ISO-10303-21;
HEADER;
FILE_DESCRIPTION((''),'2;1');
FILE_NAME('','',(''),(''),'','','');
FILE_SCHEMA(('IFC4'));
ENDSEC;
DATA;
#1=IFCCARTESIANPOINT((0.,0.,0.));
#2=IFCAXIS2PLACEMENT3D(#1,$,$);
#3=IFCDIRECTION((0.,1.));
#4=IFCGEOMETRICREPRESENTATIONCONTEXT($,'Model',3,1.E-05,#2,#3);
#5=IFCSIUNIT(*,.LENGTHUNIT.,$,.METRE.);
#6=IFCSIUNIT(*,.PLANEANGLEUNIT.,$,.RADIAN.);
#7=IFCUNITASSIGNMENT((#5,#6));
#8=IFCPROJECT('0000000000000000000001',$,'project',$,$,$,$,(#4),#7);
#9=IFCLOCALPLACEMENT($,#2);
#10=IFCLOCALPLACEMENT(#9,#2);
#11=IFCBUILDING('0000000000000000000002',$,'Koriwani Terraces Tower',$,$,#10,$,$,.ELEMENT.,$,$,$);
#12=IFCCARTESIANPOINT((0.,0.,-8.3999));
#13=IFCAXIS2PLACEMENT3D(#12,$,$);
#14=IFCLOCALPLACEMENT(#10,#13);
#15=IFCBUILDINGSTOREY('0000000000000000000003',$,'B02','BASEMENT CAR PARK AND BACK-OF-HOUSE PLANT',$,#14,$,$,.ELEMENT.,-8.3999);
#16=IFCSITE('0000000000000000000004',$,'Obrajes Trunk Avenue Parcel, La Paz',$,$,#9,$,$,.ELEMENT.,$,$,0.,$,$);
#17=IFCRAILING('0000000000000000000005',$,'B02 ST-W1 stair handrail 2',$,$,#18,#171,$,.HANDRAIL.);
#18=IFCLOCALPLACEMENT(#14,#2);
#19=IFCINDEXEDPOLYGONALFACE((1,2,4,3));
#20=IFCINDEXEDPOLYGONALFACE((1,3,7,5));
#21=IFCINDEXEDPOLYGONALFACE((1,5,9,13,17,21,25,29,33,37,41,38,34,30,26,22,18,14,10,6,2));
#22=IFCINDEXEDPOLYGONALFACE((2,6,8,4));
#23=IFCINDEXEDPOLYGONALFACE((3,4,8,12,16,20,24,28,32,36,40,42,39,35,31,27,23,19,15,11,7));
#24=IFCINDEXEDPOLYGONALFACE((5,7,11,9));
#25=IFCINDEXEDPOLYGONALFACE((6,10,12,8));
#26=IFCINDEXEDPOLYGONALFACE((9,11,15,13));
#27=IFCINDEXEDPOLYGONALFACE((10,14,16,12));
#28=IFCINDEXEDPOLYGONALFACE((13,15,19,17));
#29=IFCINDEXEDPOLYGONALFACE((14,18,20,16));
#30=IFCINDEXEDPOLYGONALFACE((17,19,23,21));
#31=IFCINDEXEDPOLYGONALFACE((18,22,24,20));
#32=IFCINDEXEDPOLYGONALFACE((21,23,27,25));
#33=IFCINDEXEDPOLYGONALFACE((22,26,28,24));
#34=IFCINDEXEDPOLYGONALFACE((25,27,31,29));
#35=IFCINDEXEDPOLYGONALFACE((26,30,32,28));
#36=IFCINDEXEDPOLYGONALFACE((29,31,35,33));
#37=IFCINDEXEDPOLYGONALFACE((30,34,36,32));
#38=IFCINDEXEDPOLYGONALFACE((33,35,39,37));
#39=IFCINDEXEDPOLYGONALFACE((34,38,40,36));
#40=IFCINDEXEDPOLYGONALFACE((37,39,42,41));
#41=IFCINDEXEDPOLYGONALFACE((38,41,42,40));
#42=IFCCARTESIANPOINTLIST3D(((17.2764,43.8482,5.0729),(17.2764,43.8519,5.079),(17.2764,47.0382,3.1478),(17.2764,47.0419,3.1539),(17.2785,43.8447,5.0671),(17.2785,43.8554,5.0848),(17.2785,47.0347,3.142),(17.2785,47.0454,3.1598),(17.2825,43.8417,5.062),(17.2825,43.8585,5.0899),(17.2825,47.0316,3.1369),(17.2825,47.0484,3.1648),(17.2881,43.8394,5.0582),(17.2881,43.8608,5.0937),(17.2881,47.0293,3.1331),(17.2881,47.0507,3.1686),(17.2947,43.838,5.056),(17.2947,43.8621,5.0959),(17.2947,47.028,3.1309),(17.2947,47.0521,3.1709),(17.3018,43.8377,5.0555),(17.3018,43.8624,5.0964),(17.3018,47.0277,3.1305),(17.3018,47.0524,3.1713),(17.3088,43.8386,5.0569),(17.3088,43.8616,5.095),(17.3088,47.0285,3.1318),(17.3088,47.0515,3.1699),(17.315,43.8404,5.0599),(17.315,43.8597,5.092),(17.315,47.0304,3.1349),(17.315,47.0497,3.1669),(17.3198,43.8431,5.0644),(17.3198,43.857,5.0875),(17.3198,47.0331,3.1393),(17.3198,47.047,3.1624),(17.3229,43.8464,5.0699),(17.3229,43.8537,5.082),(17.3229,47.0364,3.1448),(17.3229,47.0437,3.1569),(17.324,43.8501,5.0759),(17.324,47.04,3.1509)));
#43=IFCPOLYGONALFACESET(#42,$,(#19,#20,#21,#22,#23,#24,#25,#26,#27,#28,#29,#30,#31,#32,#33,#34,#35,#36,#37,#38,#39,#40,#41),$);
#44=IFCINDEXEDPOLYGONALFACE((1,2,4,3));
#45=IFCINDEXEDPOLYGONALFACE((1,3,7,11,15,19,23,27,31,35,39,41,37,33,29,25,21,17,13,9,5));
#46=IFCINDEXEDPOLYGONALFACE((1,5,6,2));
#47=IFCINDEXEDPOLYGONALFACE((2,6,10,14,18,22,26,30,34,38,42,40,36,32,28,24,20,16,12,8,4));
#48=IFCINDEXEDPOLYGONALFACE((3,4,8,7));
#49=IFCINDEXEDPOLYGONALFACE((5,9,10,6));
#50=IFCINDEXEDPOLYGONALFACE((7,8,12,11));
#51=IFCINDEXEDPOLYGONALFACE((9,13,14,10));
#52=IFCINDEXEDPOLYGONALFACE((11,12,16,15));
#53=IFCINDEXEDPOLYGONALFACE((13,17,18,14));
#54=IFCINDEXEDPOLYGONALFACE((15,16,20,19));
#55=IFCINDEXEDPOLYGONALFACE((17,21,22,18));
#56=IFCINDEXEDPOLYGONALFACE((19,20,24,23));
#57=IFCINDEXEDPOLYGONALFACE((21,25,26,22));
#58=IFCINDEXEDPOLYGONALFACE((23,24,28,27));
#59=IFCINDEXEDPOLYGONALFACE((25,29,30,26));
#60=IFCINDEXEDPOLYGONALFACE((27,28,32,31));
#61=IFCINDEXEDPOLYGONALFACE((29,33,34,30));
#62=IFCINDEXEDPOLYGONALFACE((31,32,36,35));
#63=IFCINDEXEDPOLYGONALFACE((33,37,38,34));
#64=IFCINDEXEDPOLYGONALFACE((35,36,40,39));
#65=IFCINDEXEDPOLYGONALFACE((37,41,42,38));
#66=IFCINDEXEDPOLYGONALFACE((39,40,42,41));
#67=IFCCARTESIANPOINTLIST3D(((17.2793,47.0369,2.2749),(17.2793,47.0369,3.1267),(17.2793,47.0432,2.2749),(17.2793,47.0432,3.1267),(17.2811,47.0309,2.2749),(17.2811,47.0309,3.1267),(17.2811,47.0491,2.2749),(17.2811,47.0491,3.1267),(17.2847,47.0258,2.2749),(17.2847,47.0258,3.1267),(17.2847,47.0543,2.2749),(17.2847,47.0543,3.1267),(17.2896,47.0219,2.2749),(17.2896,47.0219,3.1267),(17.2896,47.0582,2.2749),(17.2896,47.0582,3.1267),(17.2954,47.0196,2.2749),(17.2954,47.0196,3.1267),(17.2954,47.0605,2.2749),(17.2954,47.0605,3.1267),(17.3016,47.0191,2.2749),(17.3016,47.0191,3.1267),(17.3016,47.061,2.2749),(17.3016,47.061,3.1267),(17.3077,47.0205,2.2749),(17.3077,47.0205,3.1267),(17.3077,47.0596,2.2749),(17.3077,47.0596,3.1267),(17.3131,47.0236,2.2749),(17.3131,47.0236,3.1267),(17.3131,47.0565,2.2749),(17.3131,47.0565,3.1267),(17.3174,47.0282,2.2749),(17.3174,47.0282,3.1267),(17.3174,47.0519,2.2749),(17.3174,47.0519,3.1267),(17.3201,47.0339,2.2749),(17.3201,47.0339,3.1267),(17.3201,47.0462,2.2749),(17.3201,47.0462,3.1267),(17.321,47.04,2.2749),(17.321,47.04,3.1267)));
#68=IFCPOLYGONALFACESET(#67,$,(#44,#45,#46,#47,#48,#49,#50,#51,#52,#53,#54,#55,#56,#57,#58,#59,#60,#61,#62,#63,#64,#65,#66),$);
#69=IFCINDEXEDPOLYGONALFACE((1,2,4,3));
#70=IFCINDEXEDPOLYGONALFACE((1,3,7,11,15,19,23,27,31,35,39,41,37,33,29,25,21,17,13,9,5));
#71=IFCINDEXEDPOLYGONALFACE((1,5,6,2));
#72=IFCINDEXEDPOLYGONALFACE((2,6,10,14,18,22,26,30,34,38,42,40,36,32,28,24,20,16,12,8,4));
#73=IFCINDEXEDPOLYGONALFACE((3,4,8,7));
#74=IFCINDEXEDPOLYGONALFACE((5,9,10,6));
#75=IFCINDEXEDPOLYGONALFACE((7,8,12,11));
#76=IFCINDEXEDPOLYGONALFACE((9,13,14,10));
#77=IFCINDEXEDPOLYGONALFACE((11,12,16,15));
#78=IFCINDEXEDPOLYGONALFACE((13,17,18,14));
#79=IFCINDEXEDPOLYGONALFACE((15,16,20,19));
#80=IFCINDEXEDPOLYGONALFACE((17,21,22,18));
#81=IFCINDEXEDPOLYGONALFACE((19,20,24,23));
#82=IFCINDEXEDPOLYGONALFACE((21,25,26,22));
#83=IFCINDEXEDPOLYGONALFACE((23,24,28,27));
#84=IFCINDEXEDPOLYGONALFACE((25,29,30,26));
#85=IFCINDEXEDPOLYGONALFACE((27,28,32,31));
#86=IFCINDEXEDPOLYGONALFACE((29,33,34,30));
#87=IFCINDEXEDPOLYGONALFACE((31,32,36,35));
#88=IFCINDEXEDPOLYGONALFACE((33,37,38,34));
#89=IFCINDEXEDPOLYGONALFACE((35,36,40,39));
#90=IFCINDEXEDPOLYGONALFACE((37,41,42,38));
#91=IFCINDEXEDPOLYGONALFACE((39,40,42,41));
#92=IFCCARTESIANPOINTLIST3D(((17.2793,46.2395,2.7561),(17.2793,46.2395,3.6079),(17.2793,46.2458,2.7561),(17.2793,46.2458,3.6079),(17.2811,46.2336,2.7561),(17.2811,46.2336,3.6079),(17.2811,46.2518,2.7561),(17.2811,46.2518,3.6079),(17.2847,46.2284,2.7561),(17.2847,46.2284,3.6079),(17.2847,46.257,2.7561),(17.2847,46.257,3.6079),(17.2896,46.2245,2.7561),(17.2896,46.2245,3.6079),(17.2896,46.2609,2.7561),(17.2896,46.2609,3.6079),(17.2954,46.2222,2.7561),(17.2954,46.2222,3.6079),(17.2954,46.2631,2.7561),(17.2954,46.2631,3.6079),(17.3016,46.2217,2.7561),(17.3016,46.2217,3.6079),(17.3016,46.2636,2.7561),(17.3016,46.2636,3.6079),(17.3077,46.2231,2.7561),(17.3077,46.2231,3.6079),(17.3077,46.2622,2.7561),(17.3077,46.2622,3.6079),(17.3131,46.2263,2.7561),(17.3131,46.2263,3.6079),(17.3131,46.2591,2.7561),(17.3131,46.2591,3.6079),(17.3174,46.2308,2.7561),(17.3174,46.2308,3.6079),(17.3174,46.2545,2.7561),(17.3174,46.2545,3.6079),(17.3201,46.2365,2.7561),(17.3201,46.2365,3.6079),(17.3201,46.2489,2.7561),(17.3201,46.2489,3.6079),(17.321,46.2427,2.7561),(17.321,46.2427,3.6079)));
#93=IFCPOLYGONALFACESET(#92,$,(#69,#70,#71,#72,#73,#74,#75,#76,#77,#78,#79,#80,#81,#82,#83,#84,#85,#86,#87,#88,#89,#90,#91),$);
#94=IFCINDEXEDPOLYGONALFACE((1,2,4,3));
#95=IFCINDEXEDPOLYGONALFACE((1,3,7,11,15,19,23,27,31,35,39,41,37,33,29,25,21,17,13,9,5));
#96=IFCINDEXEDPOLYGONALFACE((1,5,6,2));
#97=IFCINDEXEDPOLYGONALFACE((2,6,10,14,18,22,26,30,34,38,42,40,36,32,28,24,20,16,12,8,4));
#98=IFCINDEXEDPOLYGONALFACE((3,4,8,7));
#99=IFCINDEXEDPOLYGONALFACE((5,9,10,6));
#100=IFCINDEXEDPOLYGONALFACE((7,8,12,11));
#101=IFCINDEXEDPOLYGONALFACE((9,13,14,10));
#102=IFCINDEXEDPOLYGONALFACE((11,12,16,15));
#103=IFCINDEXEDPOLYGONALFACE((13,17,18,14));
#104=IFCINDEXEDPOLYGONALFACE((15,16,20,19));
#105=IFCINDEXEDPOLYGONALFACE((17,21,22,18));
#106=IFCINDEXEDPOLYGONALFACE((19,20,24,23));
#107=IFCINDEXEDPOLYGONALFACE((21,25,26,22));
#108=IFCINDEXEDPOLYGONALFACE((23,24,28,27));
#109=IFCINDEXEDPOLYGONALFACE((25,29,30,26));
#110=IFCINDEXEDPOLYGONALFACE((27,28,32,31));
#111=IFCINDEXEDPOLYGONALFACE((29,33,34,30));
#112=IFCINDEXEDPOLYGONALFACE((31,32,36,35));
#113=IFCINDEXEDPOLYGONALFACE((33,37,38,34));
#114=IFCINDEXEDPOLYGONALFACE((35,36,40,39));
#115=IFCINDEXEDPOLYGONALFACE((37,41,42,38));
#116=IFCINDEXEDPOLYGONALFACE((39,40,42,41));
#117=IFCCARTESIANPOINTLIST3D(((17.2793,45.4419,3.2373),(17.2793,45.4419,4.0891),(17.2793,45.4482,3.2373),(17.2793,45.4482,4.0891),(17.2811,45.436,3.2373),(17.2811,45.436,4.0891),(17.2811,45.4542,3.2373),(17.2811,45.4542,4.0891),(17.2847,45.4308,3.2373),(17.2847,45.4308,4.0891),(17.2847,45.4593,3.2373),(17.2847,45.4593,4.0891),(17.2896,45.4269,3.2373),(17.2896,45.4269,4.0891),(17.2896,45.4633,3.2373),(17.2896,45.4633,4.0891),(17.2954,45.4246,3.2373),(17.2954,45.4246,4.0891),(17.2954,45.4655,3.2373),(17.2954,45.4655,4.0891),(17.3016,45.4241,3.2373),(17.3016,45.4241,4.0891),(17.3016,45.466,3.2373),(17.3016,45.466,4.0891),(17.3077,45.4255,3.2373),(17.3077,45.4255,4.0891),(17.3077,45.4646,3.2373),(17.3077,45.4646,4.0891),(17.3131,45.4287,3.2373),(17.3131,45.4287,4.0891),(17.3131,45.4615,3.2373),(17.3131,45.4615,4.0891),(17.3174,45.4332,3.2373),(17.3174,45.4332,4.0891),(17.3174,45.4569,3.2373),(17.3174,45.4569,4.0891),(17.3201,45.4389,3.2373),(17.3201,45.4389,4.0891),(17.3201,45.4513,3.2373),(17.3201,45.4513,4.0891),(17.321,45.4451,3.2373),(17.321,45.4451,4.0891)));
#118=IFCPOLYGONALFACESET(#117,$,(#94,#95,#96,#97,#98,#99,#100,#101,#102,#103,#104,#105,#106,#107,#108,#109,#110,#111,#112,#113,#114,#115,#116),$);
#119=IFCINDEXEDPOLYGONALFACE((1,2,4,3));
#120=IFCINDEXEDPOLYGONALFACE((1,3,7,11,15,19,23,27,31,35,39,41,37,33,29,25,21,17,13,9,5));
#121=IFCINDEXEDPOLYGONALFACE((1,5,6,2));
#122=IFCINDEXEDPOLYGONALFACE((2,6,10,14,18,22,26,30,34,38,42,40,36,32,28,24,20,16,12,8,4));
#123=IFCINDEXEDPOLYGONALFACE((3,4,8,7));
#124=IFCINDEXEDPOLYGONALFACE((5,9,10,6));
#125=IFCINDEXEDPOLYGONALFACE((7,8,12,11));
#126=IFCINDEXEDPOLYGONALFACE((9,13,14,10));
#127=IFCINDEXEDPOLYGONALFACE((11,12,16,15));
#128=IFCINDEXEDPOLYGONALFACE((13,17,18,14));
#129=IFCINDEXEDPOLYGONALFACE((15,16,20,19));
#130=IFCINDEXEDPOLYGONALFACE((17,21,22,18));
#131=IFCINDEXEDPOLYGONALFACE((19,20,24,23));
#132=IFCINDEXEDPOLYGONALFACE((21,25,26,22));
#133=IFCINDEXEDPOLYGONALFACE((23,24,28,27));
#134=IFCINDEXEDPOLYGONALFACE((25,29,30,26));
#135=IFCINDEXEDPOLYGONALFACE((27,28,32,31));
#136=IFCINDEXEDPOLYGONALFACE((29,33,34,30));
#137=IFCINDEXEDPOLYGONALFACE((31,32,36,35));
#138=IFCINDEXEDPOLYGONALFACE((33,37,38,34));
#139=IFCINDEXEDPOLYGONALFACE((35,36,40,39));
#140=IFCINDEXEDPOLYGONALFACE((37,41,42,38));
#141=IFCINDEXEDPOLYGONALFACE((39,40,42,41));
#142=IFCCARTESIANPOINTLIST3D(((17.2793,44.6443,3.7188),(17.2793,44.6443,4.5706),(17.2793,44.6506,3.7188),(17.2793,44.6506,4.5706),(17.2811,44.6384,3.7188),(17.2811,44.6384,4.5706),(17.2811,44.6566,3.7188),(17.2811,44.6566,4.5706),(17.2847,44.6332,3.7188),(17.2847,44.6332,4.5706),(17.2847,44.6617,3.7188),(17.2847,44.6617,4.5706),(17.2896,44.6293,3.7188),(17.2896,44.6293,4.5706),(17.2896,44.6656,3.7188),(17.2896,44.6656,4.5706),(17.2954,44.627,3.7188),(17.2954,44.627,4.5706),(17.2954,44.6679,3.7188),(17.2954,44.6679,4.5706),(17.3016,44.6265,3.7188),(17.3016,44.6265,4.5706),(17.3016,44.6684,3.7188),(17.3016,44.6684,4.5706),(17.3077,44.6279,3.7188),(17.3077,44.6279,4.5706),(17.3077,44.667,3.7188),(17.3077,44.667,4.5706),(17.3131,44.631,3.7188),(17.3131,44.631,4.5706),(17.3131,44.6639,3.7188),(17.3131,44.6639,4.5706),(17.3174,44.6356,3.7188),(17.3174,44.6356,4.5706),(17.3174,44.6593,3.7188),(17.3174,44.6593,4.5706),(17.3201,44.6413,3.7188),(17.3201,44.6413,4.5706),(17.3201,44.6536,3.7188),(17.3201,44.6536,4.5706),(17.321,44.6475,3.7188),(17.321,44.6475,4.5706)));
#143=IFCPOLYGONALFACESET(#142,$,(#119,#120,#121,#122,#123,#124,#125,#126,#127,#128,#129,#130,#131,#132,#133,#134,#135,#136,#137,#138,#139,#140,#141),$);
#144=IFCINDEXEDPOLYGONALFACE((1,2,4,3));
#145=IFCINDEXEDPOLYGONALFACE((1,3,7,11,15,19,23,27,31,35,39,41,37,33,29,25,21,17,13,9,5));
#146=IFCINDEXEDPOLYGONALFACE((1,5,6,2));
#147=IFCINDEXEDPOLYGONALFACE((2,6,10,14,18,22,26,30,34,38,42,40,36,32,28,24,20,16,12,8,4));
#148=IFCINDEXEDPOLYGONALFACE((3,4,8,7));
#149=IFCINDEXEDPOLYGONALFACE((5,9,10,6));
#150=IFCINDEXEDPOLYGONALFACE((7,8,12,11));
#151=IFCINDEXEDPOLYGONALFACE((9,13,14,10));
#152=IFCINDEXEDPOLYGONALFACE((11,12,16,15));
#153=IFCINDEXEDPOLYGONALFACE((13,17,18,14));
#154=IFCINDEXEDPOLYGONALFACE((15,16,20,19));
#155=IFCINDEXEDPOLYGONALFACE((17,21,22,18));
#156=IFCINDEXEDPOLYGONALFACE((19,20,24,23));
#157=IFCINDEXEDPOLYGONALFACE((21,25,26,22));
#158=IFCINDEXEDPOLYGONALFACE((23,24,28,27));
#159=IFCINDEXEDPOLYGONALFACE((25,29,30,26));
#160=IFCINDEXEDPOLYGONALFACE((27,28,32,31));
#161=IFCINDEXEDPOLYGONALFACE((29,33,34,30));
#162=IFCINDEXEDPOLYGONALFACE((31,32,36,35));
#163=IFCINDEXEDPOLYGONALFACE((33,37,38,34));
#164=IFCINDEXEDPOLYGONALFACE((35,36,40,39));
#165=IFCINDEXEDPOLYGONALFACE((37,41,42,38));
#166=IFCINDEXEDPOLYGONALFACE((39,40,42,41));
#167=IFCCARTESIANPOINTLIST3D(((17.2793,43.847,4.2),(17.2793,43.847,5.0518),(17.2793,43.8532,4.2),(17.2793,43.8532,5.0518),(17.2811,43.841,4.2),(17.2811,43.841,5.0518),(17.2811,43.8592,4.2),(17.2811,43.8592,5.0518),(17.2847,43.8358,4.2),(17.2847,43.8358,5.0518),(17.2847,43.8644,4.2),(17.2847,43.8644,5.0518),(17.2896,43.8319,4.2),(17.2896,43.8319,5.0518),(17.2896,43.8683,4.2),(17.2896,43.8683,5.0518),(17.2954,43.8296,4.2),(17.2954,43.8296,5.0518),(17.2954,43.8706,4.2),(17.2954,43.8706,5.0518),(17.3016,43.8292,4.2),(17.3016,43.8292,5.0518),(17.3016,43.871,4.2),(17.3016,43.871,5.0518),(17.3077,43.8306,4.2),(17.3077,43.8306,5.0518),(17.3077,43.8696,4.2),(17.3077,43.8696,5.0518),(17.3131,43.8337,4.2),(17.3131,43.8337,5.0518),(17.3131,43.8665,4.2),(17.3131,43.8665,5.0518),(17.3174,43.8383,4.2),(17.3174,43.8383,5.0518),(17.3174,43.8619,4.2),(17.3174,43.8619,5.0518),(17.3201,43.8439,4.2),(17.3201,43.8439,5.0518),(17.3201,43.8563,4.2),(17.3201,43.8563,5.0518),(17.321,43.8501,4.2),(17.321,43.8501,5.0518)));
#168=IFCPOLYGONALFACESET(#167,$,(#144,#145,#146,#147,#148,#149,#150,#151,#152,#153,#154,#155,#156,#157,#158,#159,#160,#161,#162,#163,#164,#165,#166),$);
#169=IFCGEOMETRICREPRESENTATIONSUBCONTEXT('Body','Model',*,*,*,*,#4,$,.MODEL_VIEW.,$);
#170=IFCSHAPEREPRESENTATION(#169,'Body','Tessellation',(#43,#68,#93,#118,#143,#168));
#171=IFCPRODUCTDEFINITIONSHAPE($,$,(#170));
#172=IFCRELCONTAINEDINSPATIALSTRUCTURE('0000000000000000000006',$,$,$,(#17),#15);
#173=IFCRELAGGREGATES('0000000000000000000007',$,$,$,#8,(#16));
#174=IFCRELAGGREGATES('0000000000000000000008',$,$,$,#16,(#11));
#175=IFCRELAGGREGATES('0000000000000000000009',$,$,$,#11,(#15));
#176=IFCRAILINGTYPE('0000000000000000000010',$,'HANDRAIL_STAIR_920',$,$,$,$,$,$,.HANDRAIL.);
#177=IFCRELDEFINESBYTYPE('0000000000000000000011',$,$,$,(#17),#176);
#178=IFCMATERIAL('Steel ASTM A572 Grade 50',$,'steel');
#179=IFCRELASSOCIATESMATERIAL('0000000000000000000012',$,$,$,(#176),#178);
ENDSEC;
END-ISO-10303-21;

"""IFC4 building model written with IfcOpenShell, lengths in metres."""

from ifc_helpers import new_model, si_unit, direction, frame, origin, origin_2d, place, context, subcontext, project, spatial, circle, extrude, material, type_object, element, save


model = new_model("IFC4")

# Units and contexts
model_context = context("Model", 3, precision=1e-05, world=origin(), true_north=direction((0.0, 1.0)))
body_context = subcontext(model_context, "Body", "Model", "MODEL_VIEW")
ifc_project = project(units=[si_unit("LENGTHUNIT", "METRE"), si_unit("PLANEANGLEUNIT", "RADIAN")], contexts=[model_context])

# Site, building, storey
site_placement = place(None, origin())
site = spatial("IfcSite", under=ifc_project, at=site_placement, Name="Obrajes Trunk Avenue Parcel, La Paz", CompositionType="ELEMENT", RefElevation=0.0)
building_placement = place(site_placement, origin())
building = spatial("IfcBuilding", under=site, at=building_placement, Name="Koriwani Terraces Tower", CompositionType="ELEMENT")
storey_placement = place(building_placement, frame((0.0, 0.0, -8.3999)))
storey = spatial("IfcBuildingStorey", under=building, at=storey_placement, Name="B02", Description="BASEMENT CAR PARK AND BACK-OF-HOUSE PLANT", CompositionType="ELEMENT", Elevation=-8.3999)

# Shared definitions
ifc_material_1 = material(Name="Steel ASTM A572 Grade 50", Category="steel")

# Railing
railing_type_1 = type_object("IfcRailingType", Name="HANDRAIL_STAIR_920", PredefinedType="HANDRAIL", material=ifc_material_1)
for number, where, name in (
    (1, (17.3, 47.04, 2.2749), "B02 ST-W1 stair handrail 2"),
):
    element("IfcRailing", number, at=place(storey_placement, frame(where)), inside=storey, type_object=railing_type_1, Name=name, PredefinedType="HANDRAIL", context=body_context, shape_type="SweptSolid", body=[
        extrude(circle(Radius=0.0239, at=origin_2d()), frame((0.0, 0.0, 0.876), z_axis=(0.0, -0.856178, 0.516682), x_axis=(1.0, 0.0, 0.0)), (0.0, 0.0, 1.0), 3.7258),
        extrude(circle(Radius=0.021, at=origin_2d()), origin(), (0.0, 0.0, 1.0), 0.8518),
        extrude(circle(Radius=0.021, at=origin_2d()), frame((0.0, -0.7974, 0.4812)), (0.0, 0.0, 1.0), 0.8518),
        extrude(circle(Radius=0.021, at=origin_2d()), frame((0.0, -1.595, 0.9624)), (0.0, 0.0, 1.0), 0.8518),
        extrude(circle(Radius=0.021, at=origin_2d()), frame((0.0, -2.3926, 1.4438)), (0.0, 0.0, 1.0), 0.8518),
        extrude(circle(Radius=0.021, at=origin_2d()), frame((0.0, -3.1899, 1.925)), (0.0, 0.0, 1.0), 0.8518),
    ])

save(model, "model.ifc")
